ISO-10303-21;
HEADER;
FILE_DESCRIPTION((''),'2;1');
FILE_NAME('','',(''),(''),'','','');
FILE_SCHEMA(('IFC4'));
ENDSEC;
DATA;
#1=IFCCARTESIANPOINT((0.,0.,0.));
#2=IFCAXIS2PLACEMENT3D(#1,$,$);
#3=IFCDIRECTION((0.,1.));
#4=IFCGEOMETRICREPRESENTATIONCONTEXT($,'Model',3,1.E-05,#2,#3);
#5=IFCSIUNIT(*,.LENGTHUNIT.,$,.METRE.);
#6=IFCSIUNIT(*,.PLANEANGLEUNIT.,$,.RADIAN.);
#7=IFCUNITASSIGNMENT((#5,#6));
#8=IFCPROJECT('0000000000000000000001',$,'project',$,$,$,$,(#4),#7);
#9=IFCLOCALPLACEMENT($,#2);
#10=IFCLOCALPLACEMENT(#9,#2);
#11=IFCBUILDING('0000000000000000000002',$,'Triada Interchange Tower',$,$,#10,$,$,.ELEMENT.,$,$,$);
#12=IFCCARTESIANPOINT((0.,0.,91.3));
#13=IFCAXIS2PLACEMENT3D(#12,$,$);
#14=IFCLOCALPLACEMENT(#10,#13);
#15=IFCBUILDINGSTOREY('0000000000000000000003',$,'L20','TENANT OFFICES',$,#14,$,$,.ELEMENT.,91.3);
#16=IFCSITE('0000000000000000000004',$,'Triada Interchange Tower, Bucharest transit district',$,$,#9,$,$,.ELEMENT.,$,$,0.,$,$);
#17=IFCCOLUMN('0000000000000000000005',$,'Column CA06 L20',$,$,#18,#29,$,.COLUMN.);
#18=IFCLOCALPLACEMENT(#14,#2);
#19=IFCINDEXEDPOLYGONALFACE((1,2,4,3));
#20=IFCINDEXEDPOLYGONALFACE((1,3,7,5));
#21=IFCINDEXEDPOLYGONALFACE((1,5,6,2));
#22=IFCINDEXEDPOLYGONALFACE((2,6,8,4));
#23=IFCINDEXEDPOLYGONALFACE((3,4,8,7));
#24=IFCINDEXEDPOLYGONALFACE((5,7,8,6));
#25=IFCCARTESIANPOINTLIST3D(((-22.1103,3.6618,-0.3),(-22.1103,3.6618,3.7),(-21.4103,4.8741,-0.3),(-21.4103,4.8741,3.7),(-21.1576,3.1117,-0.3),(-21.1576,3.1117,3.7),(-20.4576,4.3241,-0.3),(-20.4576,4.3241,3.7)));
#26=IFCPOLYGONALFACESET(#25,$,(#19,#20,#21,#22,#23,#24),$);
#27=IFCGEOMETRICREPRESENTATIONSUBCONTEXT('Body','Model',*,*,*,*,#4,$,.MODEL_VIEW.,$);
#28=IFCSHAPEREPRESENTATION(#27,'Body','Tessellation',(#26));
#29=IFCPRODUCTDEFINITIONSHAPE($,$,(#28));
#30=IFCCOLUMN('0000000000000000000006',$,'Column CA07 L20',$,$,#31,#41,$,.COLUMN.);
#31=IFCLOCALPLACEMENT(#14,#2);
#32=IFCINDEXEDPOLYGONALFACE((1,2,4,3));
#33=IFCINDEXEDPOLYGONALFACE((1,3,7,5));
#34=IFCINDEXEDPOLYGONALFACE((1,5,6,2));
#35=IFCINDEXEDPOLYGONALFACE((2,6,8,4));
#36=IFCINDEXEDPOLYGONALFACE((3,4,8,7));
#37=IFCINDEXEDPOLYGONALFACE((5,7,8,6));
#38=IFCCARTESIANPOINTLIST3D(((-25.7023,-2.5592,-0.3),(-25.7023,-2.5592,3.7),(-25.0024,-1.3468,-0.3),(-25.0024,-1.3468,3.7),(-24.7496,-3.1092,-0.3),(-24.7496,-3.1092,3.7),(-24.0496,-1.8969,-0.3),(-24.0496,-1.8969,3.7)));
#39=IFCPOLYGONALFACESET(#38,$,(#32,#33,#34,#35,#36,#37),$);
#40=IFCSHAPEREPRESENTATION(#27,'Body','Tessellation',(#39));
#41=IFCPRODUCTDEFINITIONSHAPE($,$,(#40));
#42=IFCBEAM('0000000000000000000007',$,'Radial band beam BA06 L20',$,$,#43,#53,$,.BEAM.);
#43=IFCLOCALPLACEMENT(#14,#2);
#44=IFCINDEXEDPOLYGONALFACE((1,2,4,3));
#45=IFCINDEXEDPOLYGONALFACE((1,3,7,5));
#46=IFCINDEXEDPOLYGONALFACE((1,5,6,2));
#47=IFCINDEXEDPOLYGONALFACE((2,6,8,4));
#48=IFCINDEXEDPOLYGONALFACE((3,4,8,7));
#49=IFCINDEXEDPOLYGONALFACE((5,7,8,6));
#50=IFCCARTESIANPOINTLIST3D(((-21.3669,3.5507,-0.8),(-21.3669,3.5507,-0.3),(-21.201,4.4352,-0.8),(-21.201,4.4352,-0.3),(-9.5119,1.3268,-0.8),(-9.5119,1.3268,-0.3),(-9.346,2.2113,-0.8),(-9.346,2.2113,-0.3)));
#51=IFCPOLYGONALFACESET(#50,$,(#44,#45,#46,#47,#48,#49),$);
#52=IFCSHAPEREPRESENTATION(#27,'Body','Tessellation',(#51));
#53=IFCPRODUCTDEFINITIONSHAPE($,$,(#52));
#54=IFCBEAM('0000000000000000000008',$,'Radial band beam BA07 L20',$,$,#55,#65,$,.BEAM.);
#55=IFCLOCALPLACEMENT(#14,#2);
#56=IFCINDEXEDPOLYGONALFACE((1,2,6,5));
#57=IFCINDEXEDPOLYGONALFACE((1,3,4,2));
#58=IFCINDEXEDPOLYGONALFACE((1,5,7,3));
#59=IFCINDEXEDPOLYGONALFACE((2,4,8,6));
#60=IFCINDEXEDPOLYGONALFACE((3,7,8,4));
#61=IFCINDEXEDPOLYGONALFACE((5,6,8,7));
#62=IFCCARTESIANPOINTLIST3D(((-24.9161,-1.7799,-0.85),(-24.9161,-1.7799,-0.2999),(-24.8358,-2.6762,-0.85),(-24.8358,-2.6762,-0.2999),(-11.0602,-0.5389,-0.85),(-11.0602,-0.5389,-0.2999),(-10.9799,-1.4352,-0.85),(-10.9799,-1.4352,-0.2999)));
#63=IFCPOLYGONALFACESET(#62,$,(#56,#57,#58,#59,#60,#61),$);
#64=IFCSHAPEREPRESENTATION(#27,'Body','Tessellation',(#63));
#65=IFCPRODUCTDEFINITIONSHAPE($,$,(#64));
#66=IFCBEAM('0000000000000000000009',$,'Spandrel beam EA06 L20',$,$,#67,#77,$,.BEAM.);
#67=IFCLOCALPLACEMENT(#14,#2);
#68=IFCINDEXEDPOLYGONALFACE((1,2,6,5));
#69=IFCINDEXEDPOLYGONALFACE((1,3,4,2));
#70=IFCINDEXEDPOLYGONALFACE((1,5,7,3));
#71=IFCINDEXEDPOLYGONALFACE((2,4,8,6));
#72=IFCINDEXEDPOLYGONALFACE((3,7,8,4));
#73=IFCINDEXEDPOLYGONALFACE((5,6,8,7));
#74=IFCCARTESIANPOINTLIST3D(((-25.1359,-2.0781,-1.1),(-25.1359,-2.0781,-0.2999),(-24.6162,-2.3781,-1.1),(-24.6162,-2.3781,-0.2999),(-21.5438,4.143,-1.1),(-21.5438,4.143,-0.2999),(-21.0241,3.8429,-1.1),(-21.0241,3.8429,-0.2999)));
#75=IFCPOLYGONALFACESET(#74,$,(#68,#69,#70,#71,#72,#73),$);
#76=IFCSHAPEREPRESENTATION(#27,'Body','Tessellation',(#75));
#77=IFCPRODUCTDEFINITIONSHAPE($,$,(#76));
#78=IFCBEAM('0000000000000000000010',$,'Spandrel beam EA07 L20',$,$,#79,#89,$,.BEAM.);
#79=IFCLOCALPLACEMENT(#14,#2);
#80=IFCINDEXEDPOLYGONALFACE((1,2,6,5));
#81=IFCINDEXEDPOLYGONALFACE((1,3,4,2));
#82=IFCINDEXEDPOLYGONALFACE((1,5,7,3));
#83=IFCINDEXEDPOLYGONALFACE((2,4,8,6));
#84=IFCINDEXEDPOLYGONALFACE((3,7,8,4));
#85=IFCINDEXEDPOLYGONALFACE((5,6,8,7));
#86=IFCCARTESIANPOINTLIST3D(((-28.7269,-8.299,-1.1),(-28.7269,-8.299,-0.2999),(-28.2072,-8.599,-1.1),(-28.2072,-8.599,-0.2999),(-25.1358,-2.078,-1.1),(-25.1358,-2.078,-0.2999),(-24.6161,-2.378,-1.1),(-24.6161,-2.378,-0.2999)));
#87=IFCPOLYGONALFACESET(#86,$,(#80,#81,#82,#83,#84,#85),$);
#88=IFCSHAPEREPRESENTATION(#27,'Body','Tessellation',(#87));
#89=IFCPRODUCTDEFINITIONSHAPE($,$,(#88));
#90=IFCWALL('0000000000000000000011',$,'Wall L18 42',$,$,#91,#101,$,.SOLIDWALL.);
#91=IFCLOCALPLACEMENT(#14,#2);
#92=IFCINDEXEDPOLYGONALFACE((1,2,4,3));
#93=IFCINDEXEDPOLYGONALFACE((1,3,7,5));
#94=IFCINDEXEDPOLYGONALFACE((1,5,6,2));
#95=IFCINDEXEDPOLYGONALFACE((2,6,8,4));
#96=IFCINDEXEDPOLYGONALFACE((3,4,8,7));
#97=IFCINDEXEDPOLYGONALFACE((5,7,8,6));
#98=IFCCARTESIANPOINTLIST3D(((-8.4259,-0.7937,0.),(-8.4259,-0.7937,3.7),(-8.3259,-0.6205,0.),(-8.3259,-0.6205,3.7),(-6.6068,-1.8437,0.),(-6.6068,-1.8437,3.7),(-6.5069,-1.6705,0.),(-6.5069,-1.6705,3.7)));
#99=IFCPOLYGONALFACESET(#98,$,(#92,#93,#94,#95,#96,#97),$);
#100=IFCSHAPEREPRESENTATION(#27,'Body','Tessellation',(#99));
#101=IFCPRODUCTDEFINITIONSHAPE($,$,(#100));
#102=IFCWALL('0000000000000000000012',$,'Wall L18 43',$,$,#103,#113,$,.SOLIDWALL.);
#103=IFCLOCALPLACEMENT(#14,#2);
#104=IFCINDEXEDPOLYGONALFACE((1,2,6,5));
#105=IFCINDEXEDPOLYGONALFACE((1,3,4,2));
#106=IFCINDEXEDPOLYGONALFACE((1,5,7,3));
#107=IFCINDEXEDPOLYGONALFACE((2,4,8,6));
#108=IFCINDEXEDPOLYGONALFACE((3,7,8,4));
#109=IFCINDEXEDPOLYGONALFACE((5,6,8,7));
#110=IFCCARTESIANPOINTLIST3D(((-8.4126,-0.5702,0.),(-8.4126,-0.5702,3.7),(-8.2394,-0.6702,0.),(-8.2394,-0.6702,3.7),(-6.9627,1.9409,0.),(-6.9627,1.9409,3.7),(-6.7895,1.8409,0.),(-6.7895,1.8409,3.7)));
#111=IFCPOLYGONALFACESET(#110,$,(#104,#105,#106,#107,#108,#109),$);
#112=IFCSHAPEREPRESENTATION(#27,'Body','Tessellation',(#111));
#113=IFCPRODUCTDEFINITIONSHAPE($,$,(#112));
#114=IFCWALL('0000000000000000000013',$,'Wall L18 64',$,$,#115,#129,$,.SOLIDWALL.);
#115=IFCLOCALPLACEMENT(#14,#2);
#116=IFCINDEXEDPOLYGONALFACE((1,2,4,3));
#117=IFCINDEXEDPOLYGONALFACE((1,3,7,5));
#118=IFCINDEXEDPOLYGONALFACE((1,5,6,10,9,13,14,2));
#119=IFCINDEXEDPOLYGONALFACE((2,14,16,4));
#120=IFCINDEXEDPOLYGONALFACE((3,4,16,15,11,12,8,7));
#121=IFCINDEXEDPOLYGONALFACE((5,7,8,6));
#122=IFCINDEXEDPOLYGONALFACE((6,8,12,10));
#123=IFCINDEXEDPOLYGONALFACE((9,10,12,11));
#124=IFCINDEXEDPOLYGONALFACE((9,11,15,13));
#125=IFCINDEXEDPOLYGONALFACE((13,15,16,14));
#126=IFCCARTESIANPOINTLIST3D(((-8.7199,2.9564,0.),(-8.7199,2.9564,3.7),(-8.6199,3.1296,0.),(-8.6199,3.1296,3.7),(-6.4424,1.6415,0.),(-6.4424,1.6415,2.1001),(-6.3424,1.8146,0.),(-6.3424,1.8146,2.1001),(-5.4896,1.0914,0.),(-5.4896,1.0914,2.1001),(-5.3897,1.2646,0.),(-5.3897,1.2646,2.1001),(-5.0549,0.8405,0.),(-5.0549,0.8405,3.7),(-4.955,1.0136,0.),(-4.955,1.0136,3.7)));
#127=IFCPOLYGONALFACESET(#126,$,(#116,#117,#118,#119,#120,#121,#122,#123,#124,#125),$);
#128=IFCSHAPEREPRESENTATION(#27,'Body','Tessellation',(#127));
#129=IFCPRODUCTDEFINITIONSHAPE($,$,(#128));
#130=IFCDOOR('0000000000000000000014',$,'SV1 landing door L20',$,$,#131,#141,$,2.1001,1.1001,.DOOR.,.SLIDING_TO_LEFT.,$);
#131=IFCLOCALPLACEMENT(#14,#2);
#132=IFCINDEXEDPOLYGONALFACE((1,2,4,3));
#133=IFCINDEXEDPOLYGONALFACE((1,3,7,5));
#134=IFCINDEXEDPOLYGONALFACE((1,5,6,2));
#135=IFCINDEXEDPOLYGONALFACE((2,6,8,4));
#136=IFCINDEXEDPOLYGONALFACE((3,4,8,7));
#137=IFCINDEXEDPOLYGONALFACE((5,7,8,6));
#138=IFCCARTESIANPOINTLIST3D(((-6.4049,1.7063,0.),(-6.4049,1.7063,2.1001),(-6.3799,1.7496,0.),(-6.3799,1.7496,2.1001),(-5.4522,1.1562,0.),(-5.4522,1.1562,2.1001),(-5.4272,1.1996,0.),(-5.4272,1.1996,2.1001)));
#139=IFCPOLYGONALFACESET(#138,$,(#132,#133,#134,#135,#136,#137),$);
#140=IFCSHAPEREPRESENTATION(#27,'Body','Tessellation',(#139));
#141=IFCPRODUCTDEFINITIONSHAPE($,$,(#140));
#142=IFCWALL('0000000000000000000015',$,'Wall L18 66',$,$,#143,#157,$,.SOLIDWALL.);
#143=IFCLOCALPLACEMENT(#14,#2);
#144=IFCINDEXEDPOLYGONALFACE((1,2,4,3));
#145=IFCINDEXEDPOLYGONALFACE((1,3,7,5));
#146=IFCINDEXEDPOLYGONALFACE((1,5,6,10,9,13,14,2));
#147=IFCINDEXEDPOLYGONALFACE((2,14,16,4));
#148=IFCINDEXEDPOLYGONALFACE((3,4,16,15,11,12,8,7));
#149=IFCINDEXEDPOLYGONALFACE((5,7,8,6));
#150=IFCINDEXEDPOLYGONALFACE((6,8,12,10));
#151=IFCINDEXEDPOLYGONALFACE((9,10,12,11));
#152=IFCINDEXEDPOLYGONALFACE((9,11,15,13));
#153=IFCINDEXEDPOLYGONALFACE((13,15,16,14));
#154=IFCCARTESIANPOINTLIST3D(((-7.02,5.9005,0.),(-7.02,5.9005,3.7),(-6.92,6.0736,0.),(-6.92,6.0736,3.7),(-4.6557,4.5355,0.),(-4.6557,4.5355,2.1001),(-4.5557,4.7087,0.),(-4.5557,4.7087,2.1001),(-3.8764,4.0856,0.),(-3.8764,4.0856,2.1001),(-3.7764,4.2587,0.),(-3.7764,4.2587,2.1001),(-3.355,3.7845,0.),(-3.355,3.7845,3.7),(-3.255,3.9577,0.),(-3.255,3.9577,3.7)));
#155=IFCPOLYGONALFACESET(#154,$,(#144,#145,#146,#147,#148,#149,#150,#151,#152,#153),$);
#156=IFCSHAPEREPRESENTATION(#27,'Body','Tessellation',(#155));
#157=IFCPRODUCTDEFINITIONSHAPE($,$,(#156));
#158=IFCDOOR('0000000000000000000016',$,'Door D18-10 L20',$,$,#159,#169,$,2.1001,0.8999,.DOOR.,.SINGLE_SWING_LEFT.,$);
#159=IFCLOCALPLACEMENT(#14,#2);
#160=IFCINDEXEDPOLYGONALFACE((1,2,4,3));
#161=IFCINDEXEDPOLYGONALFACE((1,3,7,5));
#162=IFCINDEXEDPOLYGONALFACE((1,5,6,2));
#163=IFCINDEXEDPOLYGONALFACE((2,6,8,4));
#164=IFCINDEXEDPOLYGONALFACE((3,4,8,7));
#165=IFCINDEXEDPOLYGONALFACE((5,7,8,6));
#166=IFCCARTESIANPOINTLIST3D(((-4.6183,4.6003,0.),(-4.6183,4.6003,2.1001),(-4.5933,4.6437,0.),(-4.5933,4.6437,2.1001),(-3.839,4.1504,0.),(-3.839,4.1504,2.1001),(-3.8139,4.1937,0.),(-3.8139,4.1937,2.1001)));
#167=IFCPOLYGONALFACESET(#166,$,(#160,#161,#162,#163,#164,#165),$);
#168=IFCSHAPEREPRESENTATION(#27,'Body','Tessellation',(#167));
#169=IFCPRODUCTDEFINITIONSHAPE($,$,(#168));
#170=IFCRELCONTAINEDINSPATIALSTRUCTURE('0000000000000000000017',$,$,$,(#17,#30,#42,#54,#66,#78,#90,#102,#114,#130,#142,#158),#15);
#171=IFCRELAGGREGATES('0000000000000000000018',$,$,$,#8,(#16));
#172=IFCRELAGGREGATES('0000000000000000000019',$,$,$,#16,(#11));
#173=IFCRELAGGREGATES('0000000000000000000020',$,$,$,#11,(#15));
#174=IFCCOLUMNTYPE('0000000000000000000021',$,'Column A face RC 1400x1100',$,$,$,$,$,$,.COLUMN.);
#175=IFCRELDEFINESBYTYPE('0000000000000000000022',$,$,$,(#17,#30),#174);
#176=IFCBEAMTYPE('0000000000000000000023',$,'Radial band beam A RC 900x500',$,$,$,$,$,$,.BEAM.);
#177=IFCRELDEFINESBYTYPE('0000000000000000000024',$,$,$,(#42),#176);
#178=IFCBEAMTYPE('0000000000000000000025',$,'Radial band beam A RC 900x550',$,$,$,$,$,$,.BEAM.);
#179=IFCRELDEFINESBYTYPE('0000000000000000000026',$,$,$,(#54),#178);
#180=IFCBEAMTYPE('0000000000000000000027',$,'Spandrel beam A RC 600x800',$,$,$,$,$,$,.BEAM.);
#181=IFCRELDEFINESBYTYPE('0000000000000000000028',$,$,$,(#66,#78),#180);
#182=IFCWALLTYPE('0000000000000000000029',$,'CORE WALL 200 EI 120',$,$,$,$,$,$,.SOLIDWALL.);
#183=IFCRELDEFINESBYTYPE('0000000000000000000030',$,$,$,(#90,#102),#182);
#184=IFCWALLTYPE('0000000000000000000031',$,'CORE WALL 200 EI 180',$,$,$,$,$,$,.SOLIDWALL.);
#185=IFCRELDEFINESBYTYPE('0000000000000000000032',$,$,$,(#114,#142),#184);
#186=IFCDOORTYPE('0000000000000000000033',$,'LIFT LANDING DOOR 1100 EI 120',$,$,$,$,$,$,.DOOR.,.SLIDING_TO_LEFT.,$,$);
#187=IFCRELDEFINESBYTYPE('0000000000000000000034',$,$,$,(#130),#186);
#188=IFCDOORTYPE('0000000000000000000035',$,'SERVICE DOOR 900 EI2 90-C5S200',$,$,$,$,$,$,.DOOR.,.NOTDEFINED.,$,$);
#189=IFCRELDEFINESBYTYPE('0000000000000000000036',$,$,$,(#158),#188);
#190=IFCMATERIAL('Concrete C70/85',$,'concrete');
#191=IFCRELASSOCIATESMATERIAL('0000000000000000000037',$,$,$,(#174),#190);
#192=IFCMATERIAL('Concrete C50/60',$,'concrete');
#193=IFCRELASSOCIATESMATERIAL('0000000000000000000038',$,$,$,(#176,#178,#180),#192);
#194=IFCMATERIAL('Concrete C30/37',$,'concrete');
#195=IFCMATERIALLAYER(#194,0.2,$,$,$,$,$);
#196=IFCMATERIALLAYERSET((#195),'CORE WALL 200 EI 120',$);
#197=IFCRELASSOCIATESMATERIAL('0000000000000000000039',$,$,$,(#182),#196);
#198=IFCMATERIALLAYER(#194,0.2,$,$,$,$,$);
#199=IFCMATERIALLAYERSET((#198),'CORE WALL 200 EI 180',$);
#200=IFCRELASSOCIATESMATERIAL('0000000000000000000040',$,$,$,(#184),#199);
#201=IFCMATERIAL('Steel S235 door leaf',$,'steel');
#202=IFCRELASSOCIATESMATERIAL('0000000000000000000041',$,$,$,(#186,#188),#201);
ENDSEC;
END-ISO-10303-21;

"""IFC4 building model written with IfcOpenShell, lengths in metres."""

from ifc_helpers import new_model, si_unit, direction, frame, frame_2d, origin, origin_2d, place, context, subcontext, project, spatial, rectangle, extrude, material, layer, layer_set, material_profile, profile_set, type_object, element, fill, save


model = new_model("IFC4")

# Units and contexts
model_context = context("Model", 3, precision=1e-05, world=origin(), true_north=direction((0.0, 1.0)))
body_context = subcontext(model_context, "Body", "Model", "MODEL_VIEW")
ifc_project = project(units=[si_unit("LENGTHUNIT", "METRE"), si_unit("PLANEANGLEUNIT", "RADIAN")], contexts=[model_context])

# Site, building, storey
site_placement = place(None, origin())
site = spatial("IfcSite", under=ifc_project, at=site_placement, Name="Triada Interchange Tower, Bucharest transit district", CompositionType="ELEMENT", RefElevation=0.0)
building_placement = place(site_placement, origin())
building = spatial("IfcBuilding", under=site, at=building_placement, Name="Triada Interchange Tower", CompositionType="ELEMENT")
storey_placement = place(building_placement, frame((0.0, 0.0, 91.3)))
storey = spatial("IfcBuildingStorey", under=building, at=storey_placement, Name="L20", Description="TENANT OFFICES", CompositionType="ELEMENT", Elevation=91.3)

# Columns
ifc_material_1 = material(Name="Concrete C70/85", Category="concrete")
ifc_material_profile_1 = material_profile(ifc_material_1, rectangle(XDim=1.3999, YDim=1.1001, at=origin_2d()), Name="RC 1400x1100")
ifc_profile_set_1 = profile_set([ifc_material_profile_1], Name="Concrete C70/85")
column_type = type_object("IfcColumnType", Name="Column A face RC 1400x1100", PredefinedType="COLUMN", material=ifc_profile_set_1)
for number, where, z_axis, x_axis, name in (
    (1, (-21.2839, 3.9929, -0.3), (0.0, 0.0, 1.0), (0.5, 0.866025, 0.0), "Column CA06 L20"),
    (2, (-24.876, -2.228, -0.3), (0.0, 0.0, 1.0), (0.5, 0.866025, 0.0), "Column CA07 L20"),
):
    element("IfcColumn", number, at=place(storey_placement, frame(where, z_axis=z_axis, x_axis=x_axis)), inside=storey, type_object=column_type, Name=name, PredefinedType="COLUMN", context=body_context, shape_type="SweptSolid", body=[
        extrude(rectangle(XDim=1.3999, YDim=1.1001, at=origin_2d()), origin(), (0.0, 0.0, 1.0), 4.0),
    ])

# Beams
ifc_material_2 = material(Name="Concrete C50/60", Category="concrete")
ifc_material_profile_2 = material_profile(ifc_material_2, rectangle(XDim=0.8999, YDim=0.5, at=origin_2d()), Name="RC 900x500")
ifc_profile_set_2 = profile_set([ifc_material_profile_2], Name="Concrete C50/60")
beam_type_1 = type_object("IfcBeamType", Name="Radial band beam A RC 900x500", PredefinedType="BEAM", material=ifc_profile_set_2)
beam_1_placement = place(storey_placement, frame((-21.2839, 3.9929, -0.55), z_axis=(0.982856, -0.184374, 0.0), x_axis=(0.184374, 0.982856, 0.0)))
element("IfcBeam", 3, at=beam_1_placement, inside=storey, type_object=beam_type_1, Name="Radial band beam BA06 L20", PredefinedType="BEAM", context=body_context, shape_type="SweptSolid", body=[
    extrude(rectangle(XDim=0.8999, YDim=0.5, at=origin_2d()), origin(), (0.0, 0.0, 1.0), 12.0618),
])
ifc_material_profile_3 = material_profile(ifc_material_2, rectangle(XDim=0.8999, YDim=0.55, at=origin_2d()), Name="RC 900x550")
ifc_profile_set_3 = profile_set([ifc_material_profile_3], Name="Concrete C50/60")
beam_type_2 = type_object("IfcBeamType", Name="Radial band beam A RC 900x550", PredefinedType="BEAM", material=ifc_profile_set_3)
beam_2_placement = place(storey_placement, frame((-24.876, -2.228, -0.575), z_axis=(0.996013, 0.089205, 0.0), x_axis=(-0.089205, 0.996013, 0.0)))
element("IfcBeam", 4, at=beam_2_placement, inside=storey, type_object=beam_type_2, Name="Radial band beam BA07 L20", PredefinedType="BEAM", context=body_context, shape_type="SweptSolid", body=[
    extrude(rectangle(XDim=0.8999, YDim=0.55, at=origin_2d()), origin(), (0.0, 0.0, 1.0), 13.9114),
])
ifc_material_profile_4 = material_profile(ifc_material_2, rectangle(XDim=0.6001, YDim=0.8, at=origin_2d()), Name="RC 600x800")
ifc_profile_set_4 = profile_set([ifc_material_profile_4], Name="Concrete C50/60")
beam_type_3 = type_object("IfcBeamType", Name="Spandrel beam A RC 600x800", PredefinedType="BEAM", material=ifc_profile_set_4)
beam_3_placement = place(storey_placement, frame((-21.2839, 3.9929, -0.7), z_axis=(-0.500039, -0.866003, 0.0), x_axis=(0.866003, -0.500039, 0.0)))
element("IfcBeam", 5, at=beam_3_placement, inside=storey, type_object=beam_type_3, Name="Spandrel beam EA06 L20", PredefinedType="BEAM", context=body_context, shape_type="SweptSolid", body=[
    extrude(rectangle(XDim=0.6001, YDim=0.8, at=origin_2d()), origin(), (0.0, 0.0, 1.0), 7.1836),
])
beam_4_placement = place(storey_placement, frame((-24.876, -2.228, -0.7), z_axis=(-0.499937, -0.866062, 0.0), x_axis=(0.866062, -0.499937, 0.0)))
element("IfcBeam", 6, at=beam_4_placement, inside=storey, type_object=beam_type_3, Name="Spandrel beam EA07 L20", PredefinedType="BEAM", context=body_context, shape_type="SweptSolid", body=[
    extrude(rectangle(XDim=0.6001, YDim=0.8, at=origin_2d()), origin(), (0.0, 0.0, 1.0), 7.1831),
])

# Walls
ifc_material_3 = material(Name="Concrete C30/37", Category="concrete")
ifc_layer_1 = layer(ifc_material_3, 0.2)
ifc_layer_set_1 = layer_set([ifc_layer_1], Name="CORE WALL 200 EI 120")
wall_type_1 = type_object("IfcWallType", Name="CORE WALL 200 EI 120", PredefinedType="SOLIDWALL", material=ifc_layer_set_1)
wall_1_placement = place(storey_placement, frame((-8.376, -0.707, 0.0), z_axis=(0.0, 0.0, 1.0), x_axis=(0.866068, -0.499927, 0.0)))
element("IfcWall", 7, at=wall_1_placement, inside=storey, type_object=wall_type_1, Name="Wall L18 42", PredefinedType="SOLIDWALL", context=body_context, shape_type="SweptSolid", body=[
    extrude(rectangle(XDim=2.1003, YDim=0.2, at=frame_2d((1.0503, 0.0))), origin(), (0.0, 0.0, 1.0), 3.7),
])
wall_2_placement = place(storey_placement, frame((-8.3259, -0.6201, 0.0), z_axis=(0.0, 0.0, 1.0), x_axis=(0.500024, 0.866012, 0.0)))
element("IfcWall", 8, at=wall_2_placement, inside=storey, type_object=wall_type_1, Name="Wall L18 43", PredefinedType="SOLIDWALL", context=body_context, shape_type="SweptSolid", body=[
    extrude(rectangle(XDim=2.8997, YDim=0.2, at=frame_2d((1.4497, 0.0))), origin(), (0.0, 0.0, 1.0), 3.7),
])

# Walls, openings, doors
ifc_layer_2 = layer(ifc_material_3, 0.2)
ifc_layer_set_2 = layer_set([ifc_layer_2], Name="CORE WALL 200 EI 180")
wall_type_2 = type_object("IfcWallType", Name="CORE WALL 200 EI 180", PredefinedType="SOLIDWALL", material=ifc_layer_set_2)
wall_3_placement = place(storey_placement, frame((-8.6699, 3.043, 0.0), z_axis=(0.0, 0.0, 1.0), x_axis=(0.86603, -0.499992, 0.0)))
wall_3 = element("IfcWall", 9, at=wall_3_placement, inside=storey, type_object=wall_type_2, Name="Wall L18 64", PredefinedType="SOLIDWALL", context=body_context, shape_type="SweptSolid", body=[
    extrude(rectangle(XDim=4.2319, YDim=0.2, at=frame_2d((2.116, 0.0))), origin(), (0.0, 0.0, 1.0), 3.7),
])
opening_1_placement = place(wall_3_placement, frame((2.6299, 0.0, 0.0)))
opening_1 = element("IfcOpeningElement", 10, at=opening_1_placement, cuts=wall_3, PredefinedType="OPENING", context=body_context, shape_type="SweptSolid", body=[
    extrude(rectangle(XDim=1.1001, YDim=2.1001, at=frame_2d((0.55, 1.05))), frame((0.0, 0.1099, 0.0), z_axis=(0.0, -1.0, 0.0), x_axis=(1.0, 0.0, 0.0)), (0.0, 0.0, 1.0), 0.22),
])
ifc_material_4 = material(Name="Steel S235 door leaf", Category="steel")
door_type_1 = type_object("IfcDoorType", Name="LIFT LANDING DOOR 1100 EI 120", OperationType="SLIDING_TO_LEFT", PredefinedType="DOOR", material=ifc_material_4)
door_1_placement = place(opening_1_placement, origin())
door_1 = element("IfcDoor", 11, at=door_1_placement, inside=storey, type_object=door_type_1, Name="SV1 landing door L20", OperationType="SLIDING_TO_LEFT", OverallHeight=2.1001, OverallWidth=1.1001, PredefinedType="DOOR", context=body_context, shape_type="SweptSolid", body=[
    extrude(rectangle(XDim=1.1001, YDim=2.1001, at=frame_2d((0.55, 1.05))), frame((0.0, 0.0249, 0.0), z_axis=(0.0, -1.0, 0.0), x_axis=(1.0, 0.0, 0.0)), (0.0, 0.0, 1.0), 0.05),
])
fill(opening_1, door_1)
wall_4_placement = place(storey_placement, frame((-6.97, 5.9871, 0.0), z_axis=(0.0, 0.0, 1.0), x_axis=(0.86603, -0.499992, 0.0)))
wall_4 = element("IfcWall", 12, at=wall_4_placement, inside=storey, type_object=wall_type_2, Name="Wall L18 66", PredefinedType="SOLIDWALL", context=body_context, shape_type="SweptSolid", body=[
    extrude(rectangle(XDim=4.2319, YDim=0.2, at=frame_2d((2.116, 0.0))), origin(), (0.0, 0.0, 1.0), 3.7),
])
opening_2_placement = place(wall_4_placement, frame((2.73, 0.0, 0.0)))
opening_2 = element("IfcOpeningElement", 13, at=opening_2_placement, cuts=wall_4, PredefinedType="OPENING", context=body_context, shape_type="SweptSolid", body=[
    extrude(rectangle(XDim=0.8999, YDim=2.1001, at=frame_2d((0.45, 1.05))), frame((0.0, 0.1099, 0.0), z_axis=(0.0, -1.0, 0.0), x_axis=(1.0, 0.0, 0.0)), (0.0, 0.0, 1.0), 0.22),
])
door_type_2 = type_object("IfcDoorType", Name="SERVICE DOOR 900 EI2 90-C5S200", OperationType="NOTDEFINED", PredefinedType="DOOR", material=ifc_material_4)
door_2_placement = place(opening_2_placement, origin())
door_2 = element("IfcDoor", 14, at=door_2_placement, inside=storey, type_object=door_type_2, Name="Door D18-10 L20", OperationType="SINGLE_SWING_LEFT", OverallHeight=2.1001, OverallWidth=0.8999, PredefinedType="DOOR", context=body_context, shape_type="SweptSolid", body=[
    extrude(rectangle(XDim=0.8999, YDim=2.1001, at=frame_2d((0.45, 1.05))), frame((0.0, 0.0249, 0.0), z_axis=(0.0, -1.0, 0.0), x_axis=(1.0, 0.0, 0.0)), (0.0, 0.0, 1.0), 0.05),
])
fill(opening_2, door_2)

save(model, "model.ifc")
